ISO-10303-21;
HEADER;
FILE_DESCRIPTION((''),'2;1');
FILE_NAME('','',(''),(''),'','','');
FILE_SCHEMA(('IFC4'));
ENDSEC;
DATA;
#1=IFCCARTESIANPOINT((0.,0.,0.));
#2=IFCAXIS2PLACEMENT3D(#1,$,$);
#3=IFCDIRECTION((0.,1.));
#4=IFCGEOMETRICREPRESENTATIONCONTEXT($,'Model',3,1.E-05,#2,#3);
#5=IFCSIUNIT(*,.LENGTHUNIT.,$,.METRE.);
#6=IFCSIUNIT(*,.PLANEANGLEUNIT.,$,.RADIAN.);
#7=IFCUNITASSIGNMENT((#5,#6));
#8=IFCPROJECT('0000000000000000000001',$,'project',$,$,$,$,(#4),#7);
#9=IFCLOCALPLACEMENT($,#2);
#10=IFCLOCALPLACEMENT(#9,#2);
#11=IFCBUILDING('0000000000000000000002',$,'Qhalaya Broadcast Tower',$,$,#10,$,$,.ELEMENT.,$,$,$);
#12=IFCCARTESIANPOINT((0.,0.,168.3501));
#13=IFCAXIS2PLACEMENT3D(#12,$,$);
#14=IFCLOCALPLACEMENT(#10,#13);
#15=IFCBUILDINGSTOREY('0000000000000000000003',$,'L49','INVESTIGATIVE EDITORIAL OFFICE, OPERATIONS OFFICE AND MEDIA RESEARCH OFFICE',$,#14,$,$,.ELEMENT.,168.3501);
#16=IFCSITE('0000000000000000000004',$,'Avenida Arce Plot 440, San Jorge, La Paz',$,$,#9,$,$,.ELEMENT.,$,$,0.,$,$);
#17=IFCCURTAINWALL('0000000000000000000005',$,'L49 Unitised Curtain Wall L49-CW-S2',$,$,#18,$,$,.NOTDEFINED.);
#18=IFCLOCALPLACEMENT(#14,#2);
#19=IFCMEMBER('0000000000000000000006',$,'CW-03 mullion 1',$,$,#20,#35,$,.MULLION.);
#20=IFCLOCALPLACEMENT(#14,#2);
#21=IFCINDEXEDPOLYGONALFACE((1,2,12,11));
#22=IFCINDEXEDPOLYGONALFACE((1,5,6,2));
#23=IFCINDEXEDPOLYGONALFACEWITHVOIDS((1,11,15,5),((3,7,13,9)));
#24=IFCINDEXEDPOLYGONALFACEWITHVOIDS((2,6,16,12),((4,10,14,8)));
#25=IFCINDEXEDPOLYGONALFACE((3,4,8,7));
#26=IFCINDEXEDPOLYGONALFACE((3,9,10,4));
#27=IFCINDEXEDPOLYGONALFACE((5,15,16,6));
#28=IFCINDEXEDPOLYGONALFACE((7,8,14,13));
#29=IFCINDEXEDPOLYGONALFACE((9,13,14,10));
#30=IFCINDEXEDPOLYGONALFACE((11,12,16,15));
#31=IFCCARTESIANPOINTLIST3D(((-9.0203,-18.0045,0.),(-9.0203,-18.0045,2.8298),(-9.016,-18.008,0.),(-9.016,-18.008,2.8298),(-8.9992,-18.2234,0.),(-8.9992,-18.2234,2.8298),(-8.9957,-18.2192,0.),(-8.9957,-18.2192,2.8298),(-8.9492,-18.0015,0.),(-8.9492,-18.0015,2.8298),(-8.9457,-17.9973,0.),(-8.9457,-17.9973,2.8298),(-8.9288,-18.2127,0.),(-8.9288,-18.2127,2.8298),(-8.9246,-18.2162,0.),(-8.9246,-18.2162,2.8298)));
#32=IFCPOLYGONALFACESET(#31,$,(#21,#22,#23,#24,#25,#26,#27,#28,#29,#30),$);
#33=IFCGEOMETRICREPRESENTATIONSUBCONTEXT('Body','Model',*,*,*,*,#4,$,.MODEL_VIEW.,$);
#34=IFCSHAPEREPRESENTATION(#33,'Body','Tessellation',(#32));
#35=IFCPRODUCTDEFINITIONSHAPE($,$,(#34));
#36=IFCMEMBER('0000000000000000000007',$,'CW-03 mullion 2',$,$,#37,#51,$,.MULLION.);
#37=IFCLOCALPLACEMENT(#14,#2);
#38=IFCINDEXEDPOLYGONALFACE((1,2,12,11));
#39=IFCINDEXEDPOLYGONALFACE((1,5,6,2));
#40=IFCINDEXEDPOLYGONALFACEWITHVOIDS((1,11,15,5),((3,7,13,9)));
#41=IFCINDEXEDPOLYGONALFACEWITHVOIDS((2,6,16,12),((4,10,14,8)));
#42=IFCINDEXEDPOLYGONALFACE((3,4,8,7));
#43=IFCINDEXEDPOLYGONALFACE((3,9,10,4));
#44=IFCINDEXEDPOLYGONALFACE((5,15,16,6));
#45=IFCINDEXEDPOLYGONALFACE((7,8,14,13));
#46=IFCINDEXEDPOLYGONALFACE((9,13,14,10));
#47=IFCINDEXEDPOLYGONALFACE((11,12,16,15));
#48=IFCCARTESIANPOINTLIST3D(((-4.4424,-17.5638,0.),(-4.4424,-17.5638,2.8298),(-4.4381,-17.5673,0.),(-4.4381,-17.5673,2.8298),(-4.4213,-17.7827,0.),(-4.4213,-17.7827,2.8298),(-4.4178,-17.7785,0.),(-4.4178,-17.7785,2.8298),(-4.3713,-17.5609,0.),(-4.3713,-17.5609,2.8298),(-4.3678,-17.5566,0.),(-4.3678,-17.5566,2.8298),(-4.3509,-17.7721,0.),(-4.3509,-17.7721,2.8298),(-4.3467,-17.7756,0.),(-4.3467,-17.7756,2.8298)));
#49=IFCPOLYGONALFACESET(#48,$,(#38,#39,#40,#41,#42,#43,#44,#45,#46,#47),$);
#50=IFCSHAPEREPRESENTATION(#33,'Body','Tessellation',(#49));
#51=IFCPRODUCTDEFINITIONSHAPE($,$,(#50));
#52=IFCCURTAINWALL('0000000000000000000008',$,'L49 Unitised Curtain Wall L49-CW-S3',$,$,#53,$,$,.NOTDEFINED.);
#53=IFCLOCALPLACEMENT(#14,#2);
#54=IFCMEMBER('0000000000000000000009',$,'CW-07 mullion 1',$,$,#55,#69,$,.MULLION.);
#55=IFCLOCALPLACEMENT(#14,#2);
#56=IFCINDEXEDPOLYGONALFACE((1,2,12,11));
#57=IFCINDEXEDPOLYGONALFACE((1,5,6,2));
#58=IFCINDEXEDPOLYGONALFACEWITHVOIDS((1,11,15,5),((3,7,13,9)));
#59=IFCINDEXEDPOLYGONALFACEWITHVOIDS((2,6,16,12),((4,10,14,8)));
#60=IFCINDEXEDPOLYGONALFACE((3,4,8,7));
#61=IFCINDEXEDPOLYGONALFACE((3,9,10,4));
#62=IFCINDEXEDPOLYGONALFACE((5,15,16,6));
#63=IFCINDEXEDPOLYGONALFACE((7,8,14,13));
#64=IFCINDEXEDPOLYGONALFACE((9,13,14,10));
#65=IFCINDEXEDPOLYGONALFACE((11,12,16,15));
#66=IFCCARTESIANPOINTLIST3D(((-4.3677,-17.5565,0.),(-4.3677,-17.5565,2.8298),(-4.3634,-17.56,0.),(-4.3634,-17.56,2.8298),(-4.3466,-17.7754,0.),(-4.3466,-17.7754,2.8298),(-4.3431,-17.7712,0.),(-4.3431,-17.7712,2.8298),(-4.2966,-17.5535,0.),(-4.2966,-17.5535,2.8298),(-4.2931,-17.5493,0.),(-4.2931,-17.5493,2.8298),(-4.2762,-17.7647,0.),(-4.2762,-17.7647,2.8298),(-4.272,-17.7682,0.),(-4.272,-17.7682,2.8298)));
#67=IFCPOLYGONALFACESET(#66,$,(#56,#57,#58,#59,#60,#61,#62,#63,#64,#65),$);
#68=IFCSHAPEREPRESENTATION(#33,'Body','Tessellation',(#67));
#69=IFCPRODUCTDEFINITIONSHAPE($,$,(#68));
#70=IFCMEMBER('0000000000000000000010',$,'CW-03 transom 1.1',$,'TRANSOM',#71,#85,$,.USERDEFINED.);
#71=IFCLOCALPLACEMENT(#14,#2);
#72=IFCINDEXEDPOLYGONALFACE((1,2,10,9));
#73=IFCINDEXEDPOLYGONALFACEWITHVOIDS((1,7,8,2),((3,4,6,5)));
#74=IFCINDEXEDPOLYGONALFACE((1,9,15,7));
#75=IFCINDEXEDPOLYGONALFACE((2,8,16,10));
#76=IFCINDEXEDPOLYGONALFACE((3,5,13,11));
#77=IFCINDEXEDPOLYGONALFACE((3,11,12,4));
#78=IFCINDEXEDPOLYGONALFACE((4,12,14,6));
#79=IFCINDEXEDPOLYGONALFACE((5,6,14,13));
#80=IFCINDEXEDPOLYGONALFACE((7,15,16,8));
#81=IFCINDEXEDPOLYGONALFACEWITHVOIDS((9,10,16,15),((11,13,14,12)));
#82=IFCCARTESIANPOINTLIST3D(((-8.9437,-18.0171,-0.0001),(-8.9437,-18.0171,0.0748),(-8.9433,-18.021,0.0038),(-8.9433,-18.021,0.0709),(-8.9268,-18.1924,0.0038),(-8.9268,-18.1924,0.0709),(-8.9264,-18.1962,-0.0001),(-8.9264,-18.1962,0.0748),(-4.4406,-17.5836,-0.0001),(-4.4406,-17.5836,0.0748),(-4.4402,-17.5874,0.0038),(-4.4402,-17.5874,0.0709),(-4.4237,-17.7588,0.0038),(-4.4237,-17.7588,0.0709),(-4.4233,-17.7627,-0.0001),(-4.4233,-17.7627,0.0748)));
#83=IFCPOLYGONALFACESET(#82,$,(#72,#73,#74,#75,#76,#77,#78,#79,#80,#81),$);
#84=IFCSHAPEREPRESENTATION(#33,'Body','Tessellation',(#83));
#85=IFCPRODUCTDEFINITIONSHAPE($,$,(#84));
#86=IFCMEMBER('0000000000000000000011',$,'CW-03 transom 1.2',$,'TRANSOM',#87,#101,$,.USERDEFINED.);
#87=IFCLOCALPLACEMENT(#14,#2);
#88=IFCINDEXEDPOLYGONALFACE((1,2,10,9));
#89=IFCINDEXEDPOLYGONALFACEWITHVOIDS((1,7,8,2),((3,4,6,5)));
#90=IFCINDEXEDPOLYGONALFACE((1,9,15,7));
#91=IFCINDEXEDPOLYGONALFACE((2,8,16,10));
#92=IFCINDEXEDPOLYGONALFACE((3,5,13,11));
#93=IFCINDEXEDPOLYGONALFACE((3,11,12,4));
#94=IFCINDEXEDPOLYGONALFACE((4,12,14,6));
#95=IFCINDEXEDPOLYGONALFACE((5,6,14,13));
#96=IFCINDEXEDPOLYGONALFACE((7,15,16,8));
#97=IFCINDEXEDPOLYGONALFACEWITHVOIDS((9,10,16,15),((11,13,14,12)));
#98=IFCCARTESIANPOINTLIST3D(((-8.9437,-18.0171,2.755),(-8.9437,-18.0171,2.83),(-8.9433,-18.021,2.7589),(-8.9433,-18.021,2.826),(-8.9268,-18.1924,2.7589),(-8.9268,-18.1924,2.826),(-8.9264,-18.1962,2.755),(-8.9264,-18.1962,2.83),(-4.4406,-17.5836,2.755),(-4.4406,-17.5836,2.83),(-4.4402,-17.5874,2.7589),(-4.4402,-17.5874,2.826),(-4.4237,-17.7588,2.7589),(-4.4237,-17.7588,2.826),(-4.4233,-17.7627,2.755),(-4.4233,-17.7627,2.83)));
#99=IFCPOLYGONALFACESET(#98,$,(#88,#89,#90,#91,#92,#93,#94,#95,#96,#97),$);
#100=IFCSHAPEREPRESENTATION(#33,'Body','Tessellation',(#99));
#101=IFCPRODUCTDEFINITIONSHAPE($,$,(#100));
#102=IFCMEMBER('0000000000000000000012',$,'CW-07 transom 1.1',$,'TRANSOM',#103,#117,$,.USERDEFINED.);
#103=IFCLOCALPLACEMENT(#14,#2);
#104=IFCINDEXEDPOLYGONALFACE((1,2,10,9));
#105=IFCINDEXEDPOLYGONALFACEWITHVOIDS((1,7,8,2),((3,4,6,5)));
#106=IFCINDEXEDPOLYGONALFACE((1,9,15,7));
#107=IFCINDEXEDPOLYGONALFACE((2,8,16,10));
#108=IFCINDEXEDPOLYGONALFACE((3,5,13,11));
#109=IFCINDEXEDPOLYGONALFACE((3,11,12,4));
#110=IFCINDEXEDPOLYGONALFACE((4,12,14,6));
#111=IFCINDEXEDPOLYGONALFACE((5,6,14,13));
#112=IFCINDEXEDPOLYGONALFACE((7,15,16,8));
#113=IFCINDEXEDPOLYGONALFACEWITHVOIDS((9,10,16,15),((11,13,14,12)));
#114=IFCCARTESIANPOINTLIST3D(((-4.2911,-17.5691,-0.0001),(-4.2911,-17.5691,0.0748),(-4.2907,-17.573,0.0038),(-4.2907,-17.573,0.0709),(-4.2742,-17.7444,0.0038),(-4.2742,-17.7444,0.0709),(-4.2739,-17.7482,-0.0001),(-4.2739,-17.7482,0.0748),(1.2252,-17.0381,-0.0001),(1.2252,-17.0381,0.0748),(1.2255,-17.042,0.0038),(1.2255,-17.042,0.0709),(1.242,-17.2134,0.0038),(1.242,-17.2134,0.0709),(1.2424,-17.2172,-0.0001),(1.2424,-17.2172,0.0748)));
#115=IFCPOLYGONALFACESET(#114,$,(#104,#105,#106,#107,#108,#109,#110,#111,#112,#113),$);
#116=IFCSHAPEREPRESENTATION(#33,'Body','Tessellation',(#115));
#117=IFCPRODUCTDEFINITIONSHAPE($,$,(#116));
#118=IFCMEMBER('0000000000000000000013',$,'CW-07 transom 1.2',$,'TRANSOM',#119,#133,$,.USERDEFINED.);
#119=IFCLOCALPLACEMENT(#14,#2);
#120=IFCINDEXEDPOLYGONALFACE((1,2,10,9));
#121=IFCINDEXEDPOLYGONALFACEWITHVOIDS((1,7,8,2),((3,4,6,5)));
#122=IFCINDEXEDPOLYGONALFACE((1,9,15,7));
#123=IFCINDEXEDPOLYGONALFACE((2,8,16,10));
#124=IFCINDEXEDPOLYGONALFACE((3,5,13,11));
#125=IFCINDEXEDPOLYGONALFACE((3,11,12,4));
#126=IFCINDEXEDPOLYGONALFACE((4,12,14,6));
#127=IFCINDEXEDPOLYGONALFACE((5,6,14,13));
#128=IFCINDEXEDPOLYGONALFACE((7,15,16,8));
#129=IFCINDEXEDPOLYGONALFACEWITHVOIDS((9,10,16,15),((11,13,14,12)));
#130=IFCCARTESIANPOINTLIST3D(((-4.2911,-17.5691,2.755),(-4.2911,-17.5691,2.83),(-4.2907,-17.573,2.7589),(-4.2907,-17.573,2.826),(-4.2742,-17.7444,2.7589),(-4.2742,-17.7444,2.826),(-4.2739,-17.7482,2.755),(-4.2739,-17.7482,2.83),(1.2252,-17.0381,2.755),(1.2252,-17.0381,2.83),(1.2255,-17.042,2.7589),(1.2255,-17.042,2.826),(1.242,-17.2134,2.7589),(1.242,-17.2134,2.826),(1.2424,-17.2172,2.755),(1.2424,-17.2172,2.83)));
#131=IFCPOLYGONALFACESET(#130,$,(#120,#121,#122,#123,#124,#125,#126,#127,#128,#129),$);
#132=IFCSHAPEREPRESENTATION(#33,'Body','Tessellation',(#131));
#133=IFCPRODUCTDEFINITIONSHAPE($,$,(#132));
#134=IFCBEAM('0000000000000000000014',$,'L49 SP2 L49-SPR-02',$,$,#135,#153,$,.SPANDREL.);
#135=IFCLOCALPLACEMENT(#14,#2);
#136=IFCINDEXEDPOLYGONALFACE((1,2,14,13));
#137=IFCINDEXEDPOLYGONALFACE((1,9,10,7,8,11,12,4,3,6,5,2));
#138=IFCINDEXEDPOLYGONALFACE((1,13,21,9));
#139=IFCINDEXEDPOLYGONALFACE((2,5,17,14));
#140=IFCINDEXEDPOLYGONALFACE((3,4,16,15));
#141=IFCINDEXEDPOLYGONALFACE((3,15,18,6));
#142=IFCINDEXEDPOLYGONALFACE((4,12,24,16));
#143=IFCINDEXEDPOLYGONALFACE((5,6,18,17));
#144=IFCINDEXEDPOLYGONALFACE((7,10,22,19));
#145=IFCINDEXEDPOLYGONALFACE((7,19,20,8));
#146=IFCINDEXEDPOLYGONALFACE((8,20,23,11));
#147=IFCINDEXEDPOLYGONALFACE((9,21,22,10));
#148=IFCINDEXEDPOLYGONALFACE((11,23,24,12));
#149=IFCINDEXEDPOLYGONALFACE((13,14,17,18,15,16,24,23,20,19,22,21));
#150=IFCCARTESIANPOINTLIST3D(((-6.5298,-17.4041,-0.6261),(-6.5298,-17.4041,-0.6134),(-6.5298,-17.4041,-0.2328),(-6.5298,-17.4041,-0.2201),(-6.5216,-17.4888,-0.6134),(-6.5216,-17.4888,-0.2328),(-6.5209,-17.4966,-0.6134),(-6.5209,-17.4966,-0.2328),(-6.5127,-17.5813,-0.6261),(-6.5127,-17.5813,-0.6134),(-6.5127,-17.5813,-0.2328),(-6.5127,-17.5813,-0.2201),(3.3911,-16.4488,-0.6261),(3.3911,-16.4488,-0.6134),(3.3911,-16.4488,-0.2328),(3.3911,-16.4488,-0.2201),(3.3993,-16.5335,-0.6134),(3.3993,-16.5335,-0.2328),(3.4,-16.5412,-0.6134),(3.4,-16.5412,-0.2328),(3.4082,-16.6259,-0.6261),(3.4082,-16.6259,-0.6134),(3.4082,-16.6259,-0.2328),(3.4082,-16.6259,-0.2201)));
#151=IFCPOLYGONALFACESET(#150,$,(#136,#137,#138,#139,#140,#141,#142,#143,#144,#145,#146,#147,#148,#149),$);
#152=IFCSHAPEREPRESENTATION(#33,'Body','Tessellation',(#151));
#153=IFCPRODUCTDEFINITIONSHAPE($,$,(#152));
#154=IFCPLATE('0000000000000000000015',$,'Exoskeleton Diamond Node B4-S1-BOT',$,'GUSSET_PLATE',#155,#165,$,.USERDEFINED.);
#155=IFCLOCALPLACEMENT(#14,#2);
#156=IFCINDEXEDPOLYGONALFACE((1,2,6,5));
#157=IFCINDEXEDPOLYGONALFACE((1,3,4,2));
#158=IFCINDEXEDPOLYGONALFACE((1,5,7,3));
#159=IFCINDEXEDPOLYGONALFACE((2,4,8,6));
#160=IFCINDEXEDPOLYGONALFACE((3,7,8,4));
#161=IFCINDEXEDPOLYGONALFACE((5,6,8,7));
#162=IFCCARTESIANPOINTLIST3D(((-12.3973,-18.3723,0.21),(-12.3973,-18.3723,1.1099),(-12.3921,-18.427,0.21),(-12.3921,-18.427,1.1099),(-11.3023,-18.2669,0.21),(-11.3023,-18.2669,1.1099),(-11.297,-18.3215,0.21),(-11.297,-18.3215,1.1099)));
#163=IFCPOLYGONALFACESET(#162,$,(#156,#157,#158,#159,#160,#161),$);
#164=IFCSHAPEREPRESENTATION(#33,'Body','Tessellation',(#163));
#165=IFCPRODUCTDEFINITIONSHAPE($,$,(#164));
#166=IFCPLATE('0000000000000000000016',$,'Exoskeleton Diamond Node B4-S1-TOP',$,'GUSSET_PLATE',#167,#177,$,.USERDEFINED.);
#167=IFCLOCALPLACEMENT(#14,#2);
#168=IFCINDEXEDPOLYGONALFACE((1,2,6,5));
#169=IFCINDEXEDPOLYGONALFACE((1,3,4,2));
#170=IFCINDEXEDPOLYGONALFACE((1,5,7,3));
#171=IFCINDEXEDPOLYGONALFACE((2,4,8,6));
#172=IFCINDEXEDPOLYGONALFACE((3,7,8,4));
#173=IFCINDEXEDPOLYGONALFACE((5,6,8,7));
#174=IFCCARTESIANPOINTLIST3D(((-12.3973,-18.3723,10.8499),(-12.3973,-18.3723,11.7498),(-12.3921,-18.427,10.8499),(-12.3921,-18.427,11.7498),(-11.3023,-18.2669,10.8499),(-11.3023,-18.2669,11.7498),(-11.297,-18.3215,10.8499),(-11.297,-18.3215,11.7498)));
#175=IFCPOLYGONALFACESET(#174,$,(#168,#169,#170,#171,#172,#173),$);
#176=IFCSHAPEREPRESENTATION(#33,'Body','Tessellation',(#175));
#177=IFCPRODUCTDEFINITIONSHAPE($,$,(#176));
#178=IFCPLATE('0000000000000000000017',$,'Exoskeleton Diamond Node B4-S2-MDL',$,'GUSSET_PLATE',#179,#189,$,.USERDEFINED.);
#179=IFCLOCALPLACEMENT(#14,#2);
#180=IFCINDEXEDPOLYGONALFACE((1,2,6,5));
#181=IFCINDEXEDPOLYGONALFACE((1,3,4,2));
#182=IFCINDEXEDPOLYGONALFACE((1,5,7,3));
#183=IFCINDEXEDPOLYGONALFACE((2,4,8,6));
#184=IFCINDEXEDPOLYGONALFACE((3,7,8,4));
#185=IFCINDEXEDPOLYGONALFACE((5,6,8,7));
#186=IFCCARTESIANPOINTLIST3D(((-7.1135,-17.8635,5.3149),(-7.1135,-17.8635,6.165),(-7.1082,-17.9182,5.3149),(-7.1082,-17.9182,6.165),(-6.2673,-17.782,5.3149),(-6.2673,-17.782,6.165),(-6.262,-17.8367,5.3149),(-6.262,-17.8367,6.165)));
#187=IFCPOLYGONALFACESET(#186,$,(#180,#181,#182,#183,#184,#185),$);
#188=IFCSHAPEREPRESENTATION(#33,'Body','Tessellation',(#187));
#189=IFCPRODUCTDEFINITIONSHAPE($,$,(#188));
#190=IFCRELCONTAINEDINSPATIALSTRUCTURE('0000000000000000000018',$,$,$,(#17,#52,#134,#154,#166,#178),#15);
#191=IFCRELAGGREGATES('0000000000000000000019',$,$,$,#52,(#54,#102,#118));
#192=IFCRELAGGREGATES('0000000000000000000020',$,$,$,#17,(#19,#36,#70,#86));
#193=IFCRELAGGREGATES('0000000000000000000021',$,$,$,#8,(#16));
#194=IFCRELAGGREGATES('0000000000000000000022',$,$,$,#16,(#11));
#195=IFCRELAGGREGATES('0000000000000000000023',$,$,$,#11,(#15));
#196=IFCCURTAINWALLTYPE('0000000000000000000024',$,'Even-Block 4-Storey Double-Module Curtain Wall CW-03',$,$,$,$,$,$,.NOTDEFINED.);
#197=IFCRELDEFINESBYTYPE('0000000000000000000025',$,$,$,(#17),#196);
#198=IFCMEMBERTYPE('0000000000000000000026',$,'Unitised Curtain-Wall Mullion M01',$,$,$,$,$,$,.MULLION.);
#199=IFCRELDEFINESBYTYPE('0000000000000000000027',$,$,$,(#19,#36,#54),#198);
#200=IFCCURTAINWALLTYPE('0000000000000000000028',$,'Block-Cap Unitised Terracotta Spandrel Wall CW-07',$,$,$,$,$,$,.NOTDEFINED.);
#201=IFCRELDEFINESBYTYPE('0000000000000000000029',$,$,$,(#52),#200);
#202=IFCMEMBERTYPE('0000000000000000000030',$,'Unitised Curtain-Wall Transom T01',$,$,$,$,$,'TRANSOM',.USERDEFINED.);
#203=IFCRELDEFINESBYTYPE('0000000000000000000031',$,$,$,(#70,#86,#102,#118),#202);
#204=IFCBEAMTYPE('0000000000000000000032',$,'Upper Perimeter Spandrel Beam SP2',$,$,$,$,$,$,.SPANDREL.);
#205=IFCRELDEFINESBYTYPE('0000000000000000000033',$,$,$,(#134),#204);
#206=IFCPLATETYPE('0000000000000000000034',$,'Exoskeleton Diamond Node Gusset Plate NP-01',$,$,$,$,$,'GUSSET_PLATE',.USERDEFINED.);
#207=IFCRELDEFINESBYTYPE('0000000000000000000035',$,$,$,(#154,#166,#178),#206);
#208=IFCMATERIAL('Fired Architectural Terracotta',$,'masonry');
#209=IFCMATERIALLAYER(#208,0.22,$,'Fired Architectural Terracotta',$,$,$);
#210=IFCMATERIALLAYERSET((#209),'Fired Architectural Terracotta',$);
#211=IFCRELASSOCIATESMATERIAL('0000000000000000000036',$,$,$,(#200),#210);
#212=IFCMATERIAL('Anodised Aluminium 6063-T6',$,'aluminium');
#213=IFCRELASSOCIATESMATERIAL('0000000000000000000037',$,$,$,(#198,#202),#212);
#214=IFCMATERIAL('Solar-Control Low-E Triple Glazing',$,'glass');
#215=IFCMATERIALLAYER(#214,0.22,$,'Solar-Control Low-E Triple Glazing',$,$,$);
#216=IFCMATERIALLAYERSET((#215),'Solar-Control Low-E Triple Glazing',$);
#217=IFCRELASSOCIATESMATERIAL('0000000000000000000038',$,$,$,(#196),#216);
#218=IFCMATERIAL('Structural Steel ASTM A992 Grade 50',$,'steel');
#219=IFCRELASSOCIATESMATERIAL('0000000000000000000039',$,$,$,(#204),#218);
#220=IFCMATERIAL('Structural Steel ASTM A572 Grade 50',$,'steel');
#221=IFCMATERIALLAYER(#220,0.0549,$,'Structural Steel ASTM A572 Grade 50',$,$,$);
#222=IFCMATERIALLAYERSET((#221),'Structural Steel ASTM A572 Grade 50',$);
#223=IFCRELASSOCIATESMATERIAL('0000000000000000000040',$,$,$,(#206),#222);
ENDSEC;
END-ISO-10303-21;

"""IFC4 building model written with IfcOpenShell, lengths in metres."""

from ifc_helpers import new_model, si_unit, direction, frame, origin, origin_2d, place, context, subcontext, project, spatial, rectangle, hollow_rectangle, i_section, extrude, material, layer, layer_set, material_profile, profile_set, type_object, element, aggregate, save


model = new_model("IFC4")

# Units and contexts
model_context = context("Model", 3, precision=1e-05, world=origin(), true_north=direction((0.0, 1.0)))
body_context = subcontext(model_context, "Body", "Model", "MODEL_VIEW")
ifc_project = project(units=[si_unit("LENGTHUNIT", "METRE"), si_unit("PLANEANGLEUNIT", "RADIAN")], contexts=[model_context])

# Site, building, storey
site_placement = place(None, origin())
site = spatial("IfcSite", under=ifc_project, at=site_placement, Name="Avenida Arce Plot 440, San Jorge, La Paz", CompositionType="ELEMENT", RefElevation=0.0)
building_placement = place(site_placement, origin())
building = spatial("IfcBuilding", under=site, at=building_placement, Name="Qhalaya Broadcast Tower", CompositionType="ELEMENT")
storey_placement = place(building_placement, frame((0.0, 0.0, 168.3501)))
storey = spatial("IfcBuildingStorey", under=building, at=storey_placement, Name="L49", Description="INVESTIGATIVE EDITORIAL OFFICE, OPERATIONS OFFICE AND MEDIA RESEARCH OFFICE", CompositionType="ELEMENT", Elevation=168.3501)

# Shared definitions
ifc_material_1 = material(Name="Structural Steel ASTM A572 Grade 50", Category="steel")

# Shared definitions
ifc_material_2 = material(Name="Structural Steel ASTM A992 Grade 50", Category="steel")

# Shared definitions
ifc_material_3 = material(Name="Fired Architectural Terracotta", Category="masonry")
ifc_layer_1 = layer(ifc_material_3, 0.22, Name="Fired Architectural Terracotta")
ifc_layer_set_1 = layer_set([ifc_layer_1], Name="Fired Architectural Terracotta")
curtain_wall_type_1 = type_object("IfcCurtainWallType", Name="Block-Cap Unitised Terracotta Spandrel Wall CW-07", PredefinedType="NOTDEFINED", material=ifc_layer_set_1)
ifc_material_4 = material(Name="Anodised Aluminium 6063-T6", Category="aluminium")
ifc_material_profile_1 = material_profile(ifc_material_4, hollow_rectangle(XDim=0.075, YDim=0.22, WallThickness=0.0039, at=origin_2d()), Name="ALU-MUL 75x220x4")
ifc_profile_set_1 = profile_set([ifc_material_profile_1], Name="Anodised Aluminium 6063-T6")
member_type_1 = type_object("IfcMemberType", Name="Unitised Curtain-Wall Mullion M01", PredefinedType="MULLION", material=ifc_profile_set_1)

# Curtain wall, members
ifc_material_5 = material(Name="Solar-Control Low-E Triple Glazing", Category="glass")
ifc_layer_2 = layer(ifc_material_5, 0.22, Name="Solar-Control Low-E Triple Glazing")
ifc_layer_set_2 = layer_set([ifc_layer_2], Name="Solar-Control Low-E Triple Glazing")
curtain_wall_type_2 = type_object("IfcCurtainWallType", Name="Even-Block 4-Storey Double-Module Curtain Wall CW-03", PredefinedType="NOTDEFINED", material=ifc_layer_set_2)
curtain_wall_1_placement = place(storey_placement, origin())
curtain_wall_1 = element("IfcCurtainWall", 1, at=curtain_wall_1_placement, inside=storey, type_object=curtain_wall_type_2, Name="L49 Unitised Curtain Wall L49-CW-S2", PredefinedType="NOTDEFINED")
member_1_placement = place(storey_placement, frame((-8.9724, -18.1104, 0.0), z_axis=(0.0, 0.0, 1.0), x_axis=(0.995396, 0.095849, 0.0)))
member_1 = element("IfcMember", 2, at=member_1_placement, type_object=member_type_1, Name="CW-03 mullion 1", PredefinedType="MULLION", context=body_context, shape_type="SweptSolid", body=[
    extrude(hollow_rectangle(XDim=0.075, YDim=0.22, WallThickness=0.0039, at=origin_2d()), origin(), (0.0, 0.0, 1.0), 2.8298),
])
member_2_placement = place(storey_placement, frame((-4.3945, -17.6697, 0.0), z_axis=(0.0, 0.0, 1.0), x_axis=(0.995396, 0.095849, 0.0)))
member_2 = element("IfcMember", 3, at=member_2_placement, type_object=member_type_1, Name="CW-03 mullion 2", PredefinedType="MULLION", context=body_context, shape_type="SweptSolid", body=[
    extrude(hollow_rectangle(XDim=0.075, YDim=0.22, WallThickness=0.0039, at=origin_2d()), origin(), (0.0, 0.0, 1.0), 2.8298),
])

# Curtain wall, member
curtain_wall_2_placement = place(storey_placement, origin())
curtain_wall_2 = element("IfcCurtainWall", 4, at=curtain_wall_2_placement, inside=storey, type_object=curtain_wall_type_1, Name="L49 Unitised Curtain Wall L49-CW-S3", PredefinedType="NOTDEFINED")
member_3_placement = place(storey_placement, frame((-4.3198, -17.6624, 0.0), z_axis=(0.0, 0.0, 1.0), x_axis=(0.995395, 0.095854, 0.0)))
member_3 = element("IfcMember", 5, at=member_3_placement, type_object=member_type_1, Name="CW-07 mullion 1", PredefinedType="MULLION", context=body_context, shape_type="SweptSolid", body=[
    extrude(hollow_rectangle(XDim=0.075, YDim=0.22, WallThickness=0.0039, at=origin_2d()), origin(), (0.0, 0.0, 1.0), 2.8298),
])

# Members
ifc_material_profile_2 = material_profile(ifc_material_4, hollow_rectangle(XDim=0.075, YDim=0.1799, WallThickness=0.0039, at=origin_2d()), Name="ALU-TRN 75x180x4")
ifc_profile_set_2 = profile_set([ifc_material_profile_2], Name="Anodised Aluminium 6063-T6")
member_type_2 = type_object("IfcMemberType", Name="Unitised Curtain-Wall Transom T01", ElementType="TRANSOM", PredefinedType="USERDEFINED", material=ifc_profile_set_2)
member_4_placement = place(storey_placement, frame((-8.9351, -18.1067, 0.0374), z_axis=(0.995396, 0.095843, 0.0), x_axis=(0.0, 0.0, 1.0)))
member_4 = element("IfcMember", 6, at=member_4_placement, type_object=member_type_2, Name="CW-03 transom 1.1", ObjectType="TRANSOM", PredefinedType="USERDEFINED", context=body_context, shape_type="SweptSolid", body=[
    extrude(hollow_rectangle(XDim=0.075, YDim=0.1799, WallThickness=0.0039, at=origin_2d()), origin(), (0.0, 0.0, 1.0), 4.5239),
])
member_5_placement = place(storey_placement, frame((-8.9351, -18.1067, 2.7925), z_axis=(0.995396, 0.095843, 0.0), x_axis=(0.0, 0.0, 1.0)))
member_5 = element("IfcMember", 7, at=member_5_placement, type_object=member_type_2, Name="CW-03 transom 1.2", ObjectType="TRANSOM", PredefinedType="USERDEFINED", context=body_context, shape_type="SweptSolid", body=[
    extrude(hollow_rectangle(XDim=0.075, YDim=0.1799, WallThickness=0.0039, at=origin_2d()), origin(), (0.0, 0.0, 1.0), 4.5239),
])
member_6_placement = place(storey_placement, frame((-4.2825, -17.6587, 0.0374), z_axis=(0.995399, 0.095817, 0.0), x_axis=(0.0, 0.0, 1.0)))
member_6 = element("IfcMember", 8, at=member_6_placement, type_object=member_type_2, Name="CW-07 transom 1.1", ObjectType="TRANSOM", PredefinedType="USERDEFINED", context=body_context, shape_type="SweptSolid", body=[
    extrude(hollow_rectangle(XDim=0.075, YDim=0.1799, WallThickness=0.0039, at=origin_2d()), origin(), (0.0, 0.0, 1.0), 5.5417),
])
member_7_placement = place(storey_placement, frame((-4.2825, -17.6587, 2.7925), z_axis=(0.995399, 0.095817, 0.0), x_axis=(0.0, 0.0, 1.0)))
member_7 = element("IfcMember", 9, at=member_7_placement, type_object=member_type_2, Name="CW-07 transom 1.2", ObjectType="TRANSOM", PredefinedType="USERDEFINED", context=body_context, shape_type="SweptSolid", body=[
    extrude(hollow_rectangle(XDim=0.075, YDim=0.1799, WallThickness=0.0039, at=origin_2d()), origin(), (0.0, 0.0, 1.0), 5.5417),
])
aggregate(curtain_wall_2, [member_3, member_6, member_7])

# Beam
ifc_material_profile_3 = material_profile(ifc_material_2, i_section(OverallWidth=0.178, OverallDepth=0.406, WebThickness=0.0078, FlangeThickness=0.0127, at=origin_2d()), Name="W16X40")
ifc_profile_set_3 = profile_set([ifc_material_profile_3], Name="Structural Steel ASTM A992 Grade 50")
beam_type_1 = type_object("IfcBeamType", Name="Upper Perimeter Spandrel Beam SP2", PredefinedType="SPANDREL", material=ifc_profile_set_3)
beam_1_placement = place(storey_placement, frame((-6.5212, -17.4927, -0.4231), z_axis=(0.995396, 0.095851, 0.0), x_axis=(-0.095851, 0.995396, 0.0)))
element("IfcBeam", 10, at=beam_1_placement, inside=storey, type_object=beam_type_1, Name="L49 SP2 L49-SPR-02", PredefinedType="SPANDREL", context=body_context, shape_type="SweptSolid", body=[
    extrude(i_section(OverallWidth=0.178, OverallDepth=0.406, WebThickness=0.0078, FlangeThickness=0.0127, at=origin_2d()), origin(), (0.0, 0.0, 1.0), 9.9668),
])

# Plates
ifc_layer_3 = layer(ifc_material_1, 0.0549, Name="Structural Steel ASTM A572 Grade 50")
ifc_layer_set_3 = layer_set([ifc_layer_3], Name="Structural Steel ASTM A572 Grade 50")
plate_type_1 = type_object("IfcPlateType", Name="Exoskeleton Diamond Node Gusset Plate NP-01", ElementType="GUSSET_PLATE", PredefinedType="USERDEFINED", material=ifc_layer_set_3)
for number, where, z_axis, x_axis, name in (
    (11, (-11.8472, -18.3469, 0.21), (0.0, 0.0, 1.0), (0.995396, 0.095846, 0.0), "Exoskeleton Diamond Node B4-S1-BOT"),
    (12, (-11.8472, -18.3469, 10.8499), (0.0, 0.0, 1.0), (0.995396, 0.095846, 0.0), "Exoskeleton Diamond Node B4-S1-TOP"),
):
    element("IfcPlate", number, at=place(storey_placement, frame(where, z_axis=z_axis, x_axis=x_axis)), inside=storey, type_object=plate_type_1, Name=name, ObjectType="GUSSET_PLATE", PredefinedType="USERDEFINED", context=body_context, shape_type="SweptSolid", body=[
        extrude(rectangle(XDim=1.1001, YDim=0.0549, at=origin_2d()), origin(), (0.0, 0.0, 1.0), 0.8999),
    ])
plate_1_placement = place(storey_placement, frame((-6.6877, -17.8501, 5.3149), z_axis=(0.0, 0.0, 1.0), x_axis=(0.995396, 0.095846, 0.0)))
element("IfcPlate", 13, at=plate_1_placement, inside=storey, type_object=plate_type_1, Name="Exoskeleton Diamond Node B4-S2-MDL", ObjectType="GUSSET_PLATE", PredefinedType="USERDEFINED", context=body_context, shape_type="SweptSolid", body=[
    extrude(rectangle(XDim=0.8501, YDim=0.0549, at=origin_2d()), origin(), (0.0, 0.0, 1.0), 0.8501),
])

aggregate(curtain_wall_1, [member_1, member_2, member_4, member_5])

save(model, "model.ifc")
